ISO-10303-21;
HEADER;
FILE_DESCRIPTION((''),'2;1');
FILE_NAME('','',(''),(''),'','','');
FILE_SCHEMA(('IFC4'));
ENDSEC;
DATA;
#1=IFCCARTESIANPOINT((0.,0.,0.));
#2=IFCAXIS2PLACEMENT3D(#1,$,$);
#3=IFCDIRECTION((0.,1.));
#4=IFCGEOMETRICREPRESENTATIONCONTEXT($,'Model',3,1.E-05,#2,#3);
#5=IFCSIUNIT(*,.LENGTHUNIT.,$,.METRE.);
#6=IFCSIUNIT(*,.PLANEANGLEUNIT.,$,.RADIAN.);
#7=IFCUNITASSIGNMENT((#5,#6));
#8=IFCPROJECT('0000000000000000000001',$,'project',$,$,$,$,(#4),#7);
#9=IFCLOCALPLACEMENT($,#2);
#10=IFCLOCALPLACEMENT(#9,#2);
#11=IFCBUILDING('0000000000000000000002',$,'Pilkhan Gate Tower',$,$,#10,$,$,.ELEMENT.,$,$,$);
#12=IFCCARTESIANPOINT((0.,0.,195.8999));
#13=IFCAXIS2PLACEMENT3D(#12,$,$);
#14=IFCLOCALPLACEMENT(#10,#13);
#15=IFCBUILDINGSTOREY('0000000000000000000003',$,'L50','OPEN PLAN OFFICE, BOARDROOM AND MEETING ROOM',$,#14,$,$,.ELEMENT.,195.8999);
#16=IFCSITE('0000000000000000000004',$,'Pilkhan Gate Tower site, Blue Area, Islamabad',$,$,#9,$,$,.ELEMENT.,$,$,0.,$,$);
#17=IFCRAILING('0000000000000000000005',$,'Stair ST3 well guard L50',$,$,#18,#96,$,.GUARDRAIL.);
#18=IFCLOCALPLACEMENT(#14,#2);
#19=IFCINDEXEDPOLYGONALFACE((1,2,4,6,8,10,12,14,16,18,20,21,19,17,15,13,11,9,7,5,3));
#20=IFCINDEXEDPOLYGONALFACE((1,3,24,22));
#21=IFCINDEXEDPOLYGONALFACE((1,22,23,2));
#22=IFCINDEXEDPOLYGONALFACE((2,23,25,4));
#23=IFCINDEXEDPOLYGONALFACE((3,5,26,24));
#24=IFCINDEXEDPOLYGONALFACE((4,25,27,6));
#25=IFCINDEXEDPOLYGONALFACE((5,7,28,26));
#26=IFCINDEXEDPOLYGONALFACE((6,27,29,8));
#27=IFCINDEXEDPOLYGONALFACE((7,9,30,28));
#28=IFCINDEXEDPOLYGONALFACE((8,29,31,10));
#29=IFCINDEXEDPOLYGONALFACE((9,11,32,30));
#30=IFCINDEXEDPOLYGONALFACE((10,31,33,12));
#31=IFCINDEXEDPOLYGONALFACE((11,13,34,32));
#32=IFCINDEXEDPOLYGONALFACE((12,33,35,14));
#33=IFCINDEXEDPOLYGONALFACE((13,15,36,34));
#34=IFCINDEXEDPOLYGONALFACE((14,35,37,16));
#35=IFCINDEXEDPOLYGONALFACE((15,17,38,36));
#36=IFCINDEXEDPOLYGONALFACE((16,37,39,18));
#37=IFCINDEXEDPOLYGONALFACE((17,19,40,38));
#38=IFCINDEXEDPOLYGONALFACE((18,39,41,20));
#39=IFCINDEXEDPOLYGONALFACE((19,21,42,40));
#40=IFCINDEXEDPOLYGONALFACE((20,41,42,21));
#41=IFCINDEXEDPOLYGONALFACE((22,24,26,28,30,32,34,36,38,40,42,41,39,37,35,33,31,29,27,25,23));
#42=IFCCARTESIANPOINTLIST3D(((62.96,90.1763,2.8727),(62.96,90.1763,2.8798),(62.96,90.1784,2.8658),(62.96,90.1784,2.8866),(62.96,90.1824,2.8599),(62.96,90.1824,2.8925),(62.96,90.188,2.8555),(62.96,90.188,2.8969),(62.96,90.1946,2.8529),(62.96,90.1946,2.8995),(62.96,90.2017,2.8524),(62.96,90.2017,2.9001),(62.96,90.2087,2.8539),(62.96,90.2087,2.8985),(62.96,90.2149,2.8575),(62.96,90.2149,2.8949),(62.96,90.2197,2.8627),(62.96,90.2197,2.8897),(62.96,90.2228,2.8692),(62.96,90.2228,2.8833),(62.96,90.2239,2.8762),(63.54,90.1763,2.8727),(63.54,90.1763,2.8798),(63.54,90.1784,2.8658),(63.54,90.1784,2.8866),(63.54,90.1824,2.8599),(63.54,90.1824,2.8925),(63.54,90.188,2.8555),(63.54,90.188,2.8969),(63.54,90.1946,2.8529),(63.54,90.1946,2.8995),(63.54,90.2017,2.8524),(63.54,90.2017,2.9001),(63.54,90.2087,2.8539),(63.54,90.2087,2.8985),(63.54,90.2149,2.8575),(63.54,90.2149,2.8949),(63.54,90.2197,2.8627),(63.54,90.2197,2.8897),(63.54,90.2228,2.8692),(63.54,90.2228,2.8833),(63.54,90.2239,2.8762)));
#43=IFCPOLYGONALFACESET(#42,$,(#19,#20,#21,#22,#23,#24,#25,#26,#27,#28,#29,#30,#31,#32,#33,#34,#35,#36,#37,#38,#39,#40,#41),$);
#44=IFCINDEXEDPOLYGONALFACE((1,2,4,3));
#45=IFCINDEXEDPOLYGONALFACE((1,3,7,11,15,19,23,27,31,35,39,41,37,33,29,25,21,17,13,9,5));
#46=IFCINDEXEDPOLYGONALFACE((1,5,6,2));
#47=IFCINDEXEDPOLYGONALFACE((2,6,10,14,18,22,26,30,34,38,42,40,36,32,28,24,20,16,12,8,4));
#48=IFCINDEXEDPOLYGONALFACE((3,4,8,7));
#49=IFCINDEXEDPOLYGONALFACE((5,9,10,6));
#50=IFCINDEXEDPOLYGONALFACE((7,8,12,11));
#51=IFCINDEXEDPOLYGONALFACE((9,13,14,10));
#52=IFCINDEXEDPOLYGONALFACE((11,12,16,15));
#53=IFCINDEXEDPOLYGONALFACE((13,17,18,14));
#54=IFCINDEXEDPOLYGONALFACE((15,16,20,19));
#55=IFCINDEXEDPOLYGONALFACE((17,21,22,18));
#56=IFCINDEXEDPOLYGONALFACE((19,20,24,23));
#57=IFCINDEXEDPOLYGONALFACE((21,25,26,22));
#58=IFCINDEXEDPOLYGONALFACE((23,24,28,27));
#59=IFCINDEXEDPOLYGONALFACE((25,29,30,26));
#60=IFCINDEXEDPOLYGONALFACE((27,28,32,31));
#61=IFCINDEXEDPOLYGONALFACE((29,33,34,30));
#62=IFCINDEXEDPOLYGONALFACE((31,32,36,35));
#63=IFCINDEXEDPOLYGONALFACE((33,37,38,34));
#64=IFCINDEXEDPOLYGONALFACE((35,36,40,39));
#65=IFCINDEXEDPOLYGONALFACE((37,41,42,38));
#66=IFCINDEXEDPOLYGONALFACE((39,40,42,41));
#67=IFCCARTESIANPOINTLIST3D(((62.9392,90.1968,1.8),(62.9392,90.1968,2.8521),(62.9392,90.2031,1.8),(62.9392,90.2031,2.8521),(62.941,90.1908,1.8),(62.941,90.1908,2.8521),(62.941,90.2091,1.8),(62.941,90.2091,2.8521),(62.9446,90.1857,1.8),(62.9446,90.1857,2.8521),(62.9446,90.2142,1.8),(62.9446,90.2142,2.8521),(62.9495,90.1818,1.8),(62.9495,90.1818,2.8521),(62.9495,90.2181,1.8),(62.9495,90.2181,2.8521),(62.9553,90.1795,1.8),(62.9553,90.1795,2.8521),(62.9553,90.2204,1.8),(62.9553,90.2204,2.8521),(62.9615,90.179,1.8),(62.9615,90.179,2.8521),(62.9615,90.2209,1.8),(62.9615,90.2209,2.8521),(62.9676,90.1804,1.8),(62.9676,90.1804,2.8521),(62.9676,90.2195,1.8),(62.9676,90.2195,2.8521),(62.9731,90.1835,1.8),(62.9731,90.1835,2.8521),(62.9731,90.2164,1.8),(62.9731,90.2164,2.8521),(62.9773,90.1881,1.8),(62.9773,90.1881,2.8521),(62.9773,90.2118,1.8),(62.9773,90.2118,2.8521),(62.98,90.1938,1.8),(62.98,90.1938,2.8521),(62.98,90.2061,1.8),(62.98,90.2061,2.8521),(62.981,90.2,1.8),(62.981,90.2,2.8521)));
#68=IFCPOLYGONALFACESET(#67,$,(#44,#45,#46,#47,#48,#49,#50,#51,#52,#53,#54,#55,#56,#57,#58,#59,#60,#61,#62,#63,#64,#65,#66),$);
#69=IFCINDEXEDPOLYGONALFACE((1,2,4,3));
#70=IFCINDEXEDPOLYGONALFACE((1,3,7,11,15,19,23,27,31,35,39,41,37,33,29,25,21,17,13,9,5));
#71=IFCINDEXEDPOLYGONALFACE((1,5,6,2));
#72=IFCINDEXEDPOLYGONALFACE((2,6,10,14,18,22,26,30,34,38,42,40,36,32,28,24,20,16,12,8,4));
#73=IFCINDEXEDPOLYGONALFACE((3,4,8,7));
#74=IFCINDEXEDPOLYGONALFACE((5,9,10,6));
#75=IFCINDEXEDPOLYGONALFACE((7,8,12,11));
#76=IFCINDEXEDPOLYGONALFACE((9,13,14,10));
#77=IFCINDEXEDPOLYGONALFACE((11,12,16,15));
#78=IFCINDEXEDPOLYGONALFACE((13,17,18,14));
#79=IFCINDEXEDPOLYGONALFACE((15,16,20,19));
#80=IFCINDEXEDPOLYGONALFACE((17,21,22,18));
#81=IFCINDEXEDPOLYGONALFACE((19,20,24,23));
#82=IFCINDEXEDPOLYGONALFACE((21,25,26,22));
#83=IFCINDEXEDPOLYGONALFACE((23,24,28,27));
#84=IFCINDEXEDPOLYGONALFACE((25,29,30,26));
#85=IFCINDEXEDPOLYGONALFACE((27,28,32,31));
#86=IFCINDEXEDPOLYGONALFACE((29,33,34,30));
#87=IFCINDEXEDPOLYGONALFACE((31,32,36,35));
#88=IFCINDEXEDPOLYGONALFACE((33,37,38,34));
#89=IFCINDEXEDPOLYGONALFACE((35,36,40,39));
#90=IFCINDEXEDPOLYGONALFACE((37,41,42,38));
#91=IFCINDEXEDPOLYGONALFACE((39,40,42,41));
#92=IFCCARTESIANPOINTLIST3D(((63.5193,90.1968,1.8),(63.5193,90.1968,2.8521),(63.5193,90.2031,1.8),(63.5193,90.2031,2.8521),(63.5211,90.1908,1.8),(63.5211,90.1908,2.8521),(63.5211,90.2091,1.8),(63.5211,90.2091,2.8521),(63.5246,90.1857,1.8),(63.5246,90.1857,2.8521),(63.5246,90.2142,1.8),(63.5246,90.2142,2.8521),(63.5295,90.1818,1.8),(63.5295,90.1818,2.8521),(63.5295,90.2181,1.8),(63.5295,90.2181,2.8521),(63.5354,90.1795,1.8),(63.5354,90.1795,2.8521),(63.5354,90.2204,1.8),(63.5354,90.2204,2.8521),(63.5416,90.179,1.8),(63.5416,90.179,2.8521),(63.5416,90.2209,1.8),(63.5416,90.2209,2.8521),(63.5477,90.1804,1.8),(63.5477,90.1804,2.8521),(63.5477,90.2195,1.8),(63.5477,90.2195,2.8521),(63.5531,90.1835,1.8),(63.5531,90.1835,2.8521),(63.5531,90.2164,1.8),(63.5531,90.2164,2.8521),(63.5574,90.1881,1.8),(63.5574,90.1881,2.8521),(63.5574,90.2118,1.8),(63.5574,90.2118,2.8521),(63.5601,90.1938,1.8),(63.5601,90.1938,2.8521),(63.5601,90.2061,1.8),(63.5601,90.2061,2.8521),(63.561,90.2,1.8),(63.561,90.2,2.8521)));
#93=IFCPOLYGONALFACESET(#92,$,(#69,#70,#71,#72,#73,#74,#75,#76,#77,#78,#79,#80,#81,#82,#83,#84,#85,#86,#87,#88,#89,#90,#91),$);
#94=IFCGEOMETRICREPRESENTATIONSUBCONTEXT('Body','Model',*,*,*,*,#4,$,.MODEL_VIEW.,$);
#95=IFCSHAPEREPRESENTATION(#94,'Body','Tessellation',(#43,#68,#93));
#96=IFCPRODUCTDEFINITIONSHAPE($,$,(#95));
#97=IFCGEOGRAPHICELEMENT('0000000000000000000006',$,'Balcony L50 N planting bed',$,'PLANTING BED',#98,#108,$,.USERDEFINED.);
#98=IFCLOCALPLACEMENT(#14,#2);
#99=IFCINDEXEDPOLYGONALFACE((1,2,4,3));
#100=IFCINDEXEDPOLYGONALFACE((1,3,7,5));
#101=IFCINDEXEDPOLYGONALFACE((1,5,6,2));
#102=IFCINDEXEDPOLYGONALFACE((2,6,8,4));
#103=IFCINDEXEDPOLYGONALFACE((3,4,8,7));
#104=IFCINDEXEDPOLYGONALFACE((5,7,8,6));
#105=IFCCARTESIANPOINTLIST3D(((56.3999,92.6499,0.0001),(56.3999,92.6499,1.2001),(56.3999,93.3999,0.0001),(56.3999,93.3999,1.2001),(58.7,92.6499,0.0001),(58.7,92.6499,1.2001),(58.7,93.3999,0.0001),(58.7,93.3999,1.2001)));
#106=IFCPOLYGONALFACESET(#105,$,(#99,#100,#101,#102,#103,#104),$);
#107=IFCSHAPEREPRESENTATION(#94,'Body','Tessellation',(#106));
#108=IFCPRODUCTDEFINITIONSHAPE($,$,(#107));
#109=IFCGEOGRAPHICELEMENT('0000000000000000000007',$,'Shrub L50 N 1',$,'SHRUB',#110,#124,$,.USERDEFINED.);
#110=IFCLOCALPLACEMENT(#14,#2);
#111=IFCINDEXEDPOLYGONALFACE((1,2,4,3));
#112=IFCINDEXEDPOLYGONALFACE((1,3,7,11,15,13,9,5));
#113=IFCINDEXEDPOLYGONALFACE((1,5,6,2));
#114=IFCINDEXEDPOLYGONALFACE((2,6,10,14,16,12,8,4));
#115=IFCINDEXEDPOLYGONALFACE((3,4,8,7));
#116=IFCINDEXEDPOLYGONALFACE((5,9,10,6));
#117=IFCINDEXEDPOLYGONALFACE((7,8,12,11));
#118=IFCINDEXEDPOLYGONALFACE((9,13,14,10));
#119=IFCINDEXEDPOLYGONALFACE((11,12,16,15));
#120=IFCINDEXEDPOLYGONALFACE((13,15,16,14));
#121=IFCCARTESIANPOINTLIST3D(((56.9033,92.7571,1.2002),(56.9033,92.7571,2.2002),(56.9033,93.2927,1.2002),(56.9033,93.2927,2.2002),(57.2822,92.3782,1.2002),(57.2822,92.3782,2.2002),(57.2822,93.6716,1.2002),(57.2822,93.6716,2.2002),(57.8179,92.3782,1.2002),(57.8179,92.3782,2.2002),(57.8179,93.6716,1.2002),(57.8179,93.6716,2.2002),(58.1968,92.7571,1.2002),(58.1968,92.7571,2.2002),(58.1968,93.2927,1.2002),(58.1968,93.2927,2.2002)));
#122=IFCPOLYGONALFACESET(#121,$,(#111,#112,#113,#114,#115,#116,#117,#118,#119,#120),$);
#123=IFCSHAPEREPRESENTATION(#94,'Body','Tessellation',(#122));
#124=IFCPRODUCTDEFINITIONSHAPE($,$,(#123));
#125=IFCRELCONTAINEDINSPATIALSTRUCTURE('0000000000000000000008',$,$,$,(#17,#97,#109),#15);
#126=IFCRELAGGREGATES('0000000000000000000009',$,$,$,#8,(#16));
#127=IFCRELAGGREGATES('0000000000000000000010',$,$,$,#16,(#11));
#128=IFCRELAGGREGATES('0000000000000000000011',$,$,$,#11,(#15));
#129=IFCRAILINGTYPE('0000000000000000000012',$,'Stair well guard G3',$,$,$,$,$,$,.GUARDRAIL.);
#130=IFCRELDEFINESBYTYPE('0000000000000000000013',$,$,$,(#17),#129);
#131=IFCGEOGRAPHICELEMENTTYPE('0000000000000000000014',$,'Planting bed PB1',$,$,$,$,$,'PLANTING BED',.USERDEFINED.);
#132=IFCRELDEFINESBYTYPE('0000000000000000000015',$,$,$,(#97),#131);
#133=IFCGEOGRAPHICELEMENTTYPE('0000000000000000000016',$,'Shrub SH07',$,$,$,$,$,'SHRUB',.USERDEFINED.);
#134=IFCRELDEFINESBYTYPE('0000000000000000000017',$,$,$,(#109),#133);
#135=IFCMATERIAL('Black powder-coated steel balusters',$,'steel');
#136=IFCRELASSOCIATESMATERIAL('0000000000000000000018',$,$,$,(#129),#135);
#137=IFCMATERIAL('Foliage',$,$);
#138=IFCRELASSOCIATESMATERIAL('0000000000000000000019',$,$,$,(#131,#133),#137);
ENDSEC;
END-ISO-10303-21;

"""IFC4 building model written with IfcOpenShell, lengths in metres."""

from ifc_helpers import new_model, si_unit, direction, frame, origin, origin_2d, place, context, subcontext, project, spatial, polyline, rectangle, circle, outline, extrude, material, material_profile, profile_set, type_object, element, save


model = new_model("IFC4")

# Units and contexts
model_context = context("Model", 3, precision=1e-05, world=origin(), true_north=direction((0.0, 1.0)))
body_context = subcontext(model_context, "Body", "Model", "MODEL_VIEW")
ifc_project = project(units=[si_unit("LENGTHUNIT", "METRE"), si_unit("PLANEANGLEUNIT", "RADIAN")], contexts=[model_context])

# Site, building, storey
site_placement = place(None, origin())
site = spatial("IfcSite", under=ifc_project, at=site_placement, Name="Pilkhan Gate Tower site, Blue Area, Islamabad", CompositionType="ELEMENT", RefElevation=0.0)
building_placement = place(site_placement, origin())
building = spatial("IfcBuilding", under=site, at=building_placement, Name="Pilkhan Gate Tower", CompositionType="ELEMENT")
storey_placement = place(building_placement, frame((0.0, 0.0, 195.8999)))
storey = spatial("IfcBuildingStorey", under=building, at=storey_placement, Name="L50", Description="OPEN PLAN OFFICE, BOARDROOM AND MEETING ROOM", CompositionType="ELEMENT", Elevation=195.8999)

# Railing
ifc_material_1 = material(Name="Black powder-coated steel balusters", Category="steel")
railing_type_1 = type_object("IfcRailingType", Name="Stair well guard G3", PredefinedType="GUARDRAIL", material=ifc_material_1)
for number, where, name in (
    (1, (62.96, 90.2, 1.8), "Stair ST3 well guard L50"),
):
    element("IfcRailing", number, at=place(storey_placement, frame(where)), inside=storey, type_object=railing_type_1, Name=name, PredefinedType="GUARDRAIL", context=body_context, shape_type="SweptSolid", body=[
        extrude(circle(Radius=0.0239, at=origin_2d()), frame((0.0, 0.0, 1.0762), z_axis=(1.0, 0.0, 0.0), x_axis=(0.0, 1.0, 0.0)), (0.0, 0.0, 1.0), 0.5801),
        extrude(circle(Radius=0.021, at=origin_2d()), origin(), (0.0, 0.0, 1.0), 1.052),
        extrude(circle(Radius=0.021, at=origin_2d()), frame((0.5801, 0.0, 0.0)), (0.0, 0.0, 1.0), 1.052),
    ])

# Geographic elements
ifc_material_2 = material(Name="Foliage")
ifc_material_profile_1 = material_profile(ifc_material_2, rectangle(XDim=0.75, YDim=1.2, at=origin_2d()), Name="Bed 750x1200")
ifc_profile_set_1 = profile_set([ifc_material_profile_1], Name="Foliage")
geographic_element_type_1 = type_object("IfcGeographicElementType", Name="Planting bed PB1", ElementType="PLANTING BED", PredefinedType="USERDEFINED", material=ifc_profile_set_1)
geographic_element_1_placement = place(storey_placement, frame((56.3999, 93.0249, 0.6001), z_axis=(1.0, 0.0, 0.0), x_axis=(0.0, 1.0, 0.0)))
element("IfcGeographicElement", 2, at=geographic_element_1_placement, inside=storey, type_object=geographic_element_type_1, Name="Balcony L50 N planting bed", ObjectType="PLANTING BED", PredefinedType="USERDEFINED", context=body_context, shape_type="SweptSolid", body=[
    extrude(rectangle(XDim=0.75, YDim=1.2, at=origin_2d()), origin(), (0.0, 0.0, 1.0), 2.3),
])
ifc_material_profile_2 = material_profile(ifc_material_2, outline(polyline([(0.6467, 0.2678), (0.2678, 0.6467), (-0.2678, 0.6467), (-0.6467, 0.2678), (-0.6467, -0.2678), (-0.2678, -0.6467), (0.2678, -0.6467), (0.6467, -0.2678), (0.6467, 0.2678)])), Name="Shrub D1.4")
ifc_profile_set_2 = profile_set([ifc_material_profile_2], Name="Foliage")
geographic_element_type_2 = type_object("IfcGeographicElementType", Name="Shrub SH07", ElementType="SHRUB", PredefinedType="USERDEFINED", material=ifc_profile_set_2)
geographic_element_2_placement = place(storey_placement, frame((57.55, 93.0249, 1.2002), z_axis=(0.0, 0.0, 1.0), x_axis=(1.0, 0.0, 0.0)))
element("IfcGeographicElement", 3, at=geographic_element_2_placement, inside=storey, type_object=geographic_element_type_2, Name="Shrub L50 N 1", ObjectType="SHRUB", PredefinedType="USERDEFINED", context=body_context, shape_type="SweptSolid", body=[
    extrude(outline(polyline([(0.6467, 0.2678), (0.2678, 0.6467), (-0.2678, 0.6467), (-0.6467, 0.2678), (-0.6467, -0.2678), (-0.2678, -0.6467), (0.2678, -0.6467), (0.6467, -0.2678), (0.6467, 0.2678)])), origin(), (0.0, 0.0, 1.0), 1.0),
])

save(model, "model.ifc")
